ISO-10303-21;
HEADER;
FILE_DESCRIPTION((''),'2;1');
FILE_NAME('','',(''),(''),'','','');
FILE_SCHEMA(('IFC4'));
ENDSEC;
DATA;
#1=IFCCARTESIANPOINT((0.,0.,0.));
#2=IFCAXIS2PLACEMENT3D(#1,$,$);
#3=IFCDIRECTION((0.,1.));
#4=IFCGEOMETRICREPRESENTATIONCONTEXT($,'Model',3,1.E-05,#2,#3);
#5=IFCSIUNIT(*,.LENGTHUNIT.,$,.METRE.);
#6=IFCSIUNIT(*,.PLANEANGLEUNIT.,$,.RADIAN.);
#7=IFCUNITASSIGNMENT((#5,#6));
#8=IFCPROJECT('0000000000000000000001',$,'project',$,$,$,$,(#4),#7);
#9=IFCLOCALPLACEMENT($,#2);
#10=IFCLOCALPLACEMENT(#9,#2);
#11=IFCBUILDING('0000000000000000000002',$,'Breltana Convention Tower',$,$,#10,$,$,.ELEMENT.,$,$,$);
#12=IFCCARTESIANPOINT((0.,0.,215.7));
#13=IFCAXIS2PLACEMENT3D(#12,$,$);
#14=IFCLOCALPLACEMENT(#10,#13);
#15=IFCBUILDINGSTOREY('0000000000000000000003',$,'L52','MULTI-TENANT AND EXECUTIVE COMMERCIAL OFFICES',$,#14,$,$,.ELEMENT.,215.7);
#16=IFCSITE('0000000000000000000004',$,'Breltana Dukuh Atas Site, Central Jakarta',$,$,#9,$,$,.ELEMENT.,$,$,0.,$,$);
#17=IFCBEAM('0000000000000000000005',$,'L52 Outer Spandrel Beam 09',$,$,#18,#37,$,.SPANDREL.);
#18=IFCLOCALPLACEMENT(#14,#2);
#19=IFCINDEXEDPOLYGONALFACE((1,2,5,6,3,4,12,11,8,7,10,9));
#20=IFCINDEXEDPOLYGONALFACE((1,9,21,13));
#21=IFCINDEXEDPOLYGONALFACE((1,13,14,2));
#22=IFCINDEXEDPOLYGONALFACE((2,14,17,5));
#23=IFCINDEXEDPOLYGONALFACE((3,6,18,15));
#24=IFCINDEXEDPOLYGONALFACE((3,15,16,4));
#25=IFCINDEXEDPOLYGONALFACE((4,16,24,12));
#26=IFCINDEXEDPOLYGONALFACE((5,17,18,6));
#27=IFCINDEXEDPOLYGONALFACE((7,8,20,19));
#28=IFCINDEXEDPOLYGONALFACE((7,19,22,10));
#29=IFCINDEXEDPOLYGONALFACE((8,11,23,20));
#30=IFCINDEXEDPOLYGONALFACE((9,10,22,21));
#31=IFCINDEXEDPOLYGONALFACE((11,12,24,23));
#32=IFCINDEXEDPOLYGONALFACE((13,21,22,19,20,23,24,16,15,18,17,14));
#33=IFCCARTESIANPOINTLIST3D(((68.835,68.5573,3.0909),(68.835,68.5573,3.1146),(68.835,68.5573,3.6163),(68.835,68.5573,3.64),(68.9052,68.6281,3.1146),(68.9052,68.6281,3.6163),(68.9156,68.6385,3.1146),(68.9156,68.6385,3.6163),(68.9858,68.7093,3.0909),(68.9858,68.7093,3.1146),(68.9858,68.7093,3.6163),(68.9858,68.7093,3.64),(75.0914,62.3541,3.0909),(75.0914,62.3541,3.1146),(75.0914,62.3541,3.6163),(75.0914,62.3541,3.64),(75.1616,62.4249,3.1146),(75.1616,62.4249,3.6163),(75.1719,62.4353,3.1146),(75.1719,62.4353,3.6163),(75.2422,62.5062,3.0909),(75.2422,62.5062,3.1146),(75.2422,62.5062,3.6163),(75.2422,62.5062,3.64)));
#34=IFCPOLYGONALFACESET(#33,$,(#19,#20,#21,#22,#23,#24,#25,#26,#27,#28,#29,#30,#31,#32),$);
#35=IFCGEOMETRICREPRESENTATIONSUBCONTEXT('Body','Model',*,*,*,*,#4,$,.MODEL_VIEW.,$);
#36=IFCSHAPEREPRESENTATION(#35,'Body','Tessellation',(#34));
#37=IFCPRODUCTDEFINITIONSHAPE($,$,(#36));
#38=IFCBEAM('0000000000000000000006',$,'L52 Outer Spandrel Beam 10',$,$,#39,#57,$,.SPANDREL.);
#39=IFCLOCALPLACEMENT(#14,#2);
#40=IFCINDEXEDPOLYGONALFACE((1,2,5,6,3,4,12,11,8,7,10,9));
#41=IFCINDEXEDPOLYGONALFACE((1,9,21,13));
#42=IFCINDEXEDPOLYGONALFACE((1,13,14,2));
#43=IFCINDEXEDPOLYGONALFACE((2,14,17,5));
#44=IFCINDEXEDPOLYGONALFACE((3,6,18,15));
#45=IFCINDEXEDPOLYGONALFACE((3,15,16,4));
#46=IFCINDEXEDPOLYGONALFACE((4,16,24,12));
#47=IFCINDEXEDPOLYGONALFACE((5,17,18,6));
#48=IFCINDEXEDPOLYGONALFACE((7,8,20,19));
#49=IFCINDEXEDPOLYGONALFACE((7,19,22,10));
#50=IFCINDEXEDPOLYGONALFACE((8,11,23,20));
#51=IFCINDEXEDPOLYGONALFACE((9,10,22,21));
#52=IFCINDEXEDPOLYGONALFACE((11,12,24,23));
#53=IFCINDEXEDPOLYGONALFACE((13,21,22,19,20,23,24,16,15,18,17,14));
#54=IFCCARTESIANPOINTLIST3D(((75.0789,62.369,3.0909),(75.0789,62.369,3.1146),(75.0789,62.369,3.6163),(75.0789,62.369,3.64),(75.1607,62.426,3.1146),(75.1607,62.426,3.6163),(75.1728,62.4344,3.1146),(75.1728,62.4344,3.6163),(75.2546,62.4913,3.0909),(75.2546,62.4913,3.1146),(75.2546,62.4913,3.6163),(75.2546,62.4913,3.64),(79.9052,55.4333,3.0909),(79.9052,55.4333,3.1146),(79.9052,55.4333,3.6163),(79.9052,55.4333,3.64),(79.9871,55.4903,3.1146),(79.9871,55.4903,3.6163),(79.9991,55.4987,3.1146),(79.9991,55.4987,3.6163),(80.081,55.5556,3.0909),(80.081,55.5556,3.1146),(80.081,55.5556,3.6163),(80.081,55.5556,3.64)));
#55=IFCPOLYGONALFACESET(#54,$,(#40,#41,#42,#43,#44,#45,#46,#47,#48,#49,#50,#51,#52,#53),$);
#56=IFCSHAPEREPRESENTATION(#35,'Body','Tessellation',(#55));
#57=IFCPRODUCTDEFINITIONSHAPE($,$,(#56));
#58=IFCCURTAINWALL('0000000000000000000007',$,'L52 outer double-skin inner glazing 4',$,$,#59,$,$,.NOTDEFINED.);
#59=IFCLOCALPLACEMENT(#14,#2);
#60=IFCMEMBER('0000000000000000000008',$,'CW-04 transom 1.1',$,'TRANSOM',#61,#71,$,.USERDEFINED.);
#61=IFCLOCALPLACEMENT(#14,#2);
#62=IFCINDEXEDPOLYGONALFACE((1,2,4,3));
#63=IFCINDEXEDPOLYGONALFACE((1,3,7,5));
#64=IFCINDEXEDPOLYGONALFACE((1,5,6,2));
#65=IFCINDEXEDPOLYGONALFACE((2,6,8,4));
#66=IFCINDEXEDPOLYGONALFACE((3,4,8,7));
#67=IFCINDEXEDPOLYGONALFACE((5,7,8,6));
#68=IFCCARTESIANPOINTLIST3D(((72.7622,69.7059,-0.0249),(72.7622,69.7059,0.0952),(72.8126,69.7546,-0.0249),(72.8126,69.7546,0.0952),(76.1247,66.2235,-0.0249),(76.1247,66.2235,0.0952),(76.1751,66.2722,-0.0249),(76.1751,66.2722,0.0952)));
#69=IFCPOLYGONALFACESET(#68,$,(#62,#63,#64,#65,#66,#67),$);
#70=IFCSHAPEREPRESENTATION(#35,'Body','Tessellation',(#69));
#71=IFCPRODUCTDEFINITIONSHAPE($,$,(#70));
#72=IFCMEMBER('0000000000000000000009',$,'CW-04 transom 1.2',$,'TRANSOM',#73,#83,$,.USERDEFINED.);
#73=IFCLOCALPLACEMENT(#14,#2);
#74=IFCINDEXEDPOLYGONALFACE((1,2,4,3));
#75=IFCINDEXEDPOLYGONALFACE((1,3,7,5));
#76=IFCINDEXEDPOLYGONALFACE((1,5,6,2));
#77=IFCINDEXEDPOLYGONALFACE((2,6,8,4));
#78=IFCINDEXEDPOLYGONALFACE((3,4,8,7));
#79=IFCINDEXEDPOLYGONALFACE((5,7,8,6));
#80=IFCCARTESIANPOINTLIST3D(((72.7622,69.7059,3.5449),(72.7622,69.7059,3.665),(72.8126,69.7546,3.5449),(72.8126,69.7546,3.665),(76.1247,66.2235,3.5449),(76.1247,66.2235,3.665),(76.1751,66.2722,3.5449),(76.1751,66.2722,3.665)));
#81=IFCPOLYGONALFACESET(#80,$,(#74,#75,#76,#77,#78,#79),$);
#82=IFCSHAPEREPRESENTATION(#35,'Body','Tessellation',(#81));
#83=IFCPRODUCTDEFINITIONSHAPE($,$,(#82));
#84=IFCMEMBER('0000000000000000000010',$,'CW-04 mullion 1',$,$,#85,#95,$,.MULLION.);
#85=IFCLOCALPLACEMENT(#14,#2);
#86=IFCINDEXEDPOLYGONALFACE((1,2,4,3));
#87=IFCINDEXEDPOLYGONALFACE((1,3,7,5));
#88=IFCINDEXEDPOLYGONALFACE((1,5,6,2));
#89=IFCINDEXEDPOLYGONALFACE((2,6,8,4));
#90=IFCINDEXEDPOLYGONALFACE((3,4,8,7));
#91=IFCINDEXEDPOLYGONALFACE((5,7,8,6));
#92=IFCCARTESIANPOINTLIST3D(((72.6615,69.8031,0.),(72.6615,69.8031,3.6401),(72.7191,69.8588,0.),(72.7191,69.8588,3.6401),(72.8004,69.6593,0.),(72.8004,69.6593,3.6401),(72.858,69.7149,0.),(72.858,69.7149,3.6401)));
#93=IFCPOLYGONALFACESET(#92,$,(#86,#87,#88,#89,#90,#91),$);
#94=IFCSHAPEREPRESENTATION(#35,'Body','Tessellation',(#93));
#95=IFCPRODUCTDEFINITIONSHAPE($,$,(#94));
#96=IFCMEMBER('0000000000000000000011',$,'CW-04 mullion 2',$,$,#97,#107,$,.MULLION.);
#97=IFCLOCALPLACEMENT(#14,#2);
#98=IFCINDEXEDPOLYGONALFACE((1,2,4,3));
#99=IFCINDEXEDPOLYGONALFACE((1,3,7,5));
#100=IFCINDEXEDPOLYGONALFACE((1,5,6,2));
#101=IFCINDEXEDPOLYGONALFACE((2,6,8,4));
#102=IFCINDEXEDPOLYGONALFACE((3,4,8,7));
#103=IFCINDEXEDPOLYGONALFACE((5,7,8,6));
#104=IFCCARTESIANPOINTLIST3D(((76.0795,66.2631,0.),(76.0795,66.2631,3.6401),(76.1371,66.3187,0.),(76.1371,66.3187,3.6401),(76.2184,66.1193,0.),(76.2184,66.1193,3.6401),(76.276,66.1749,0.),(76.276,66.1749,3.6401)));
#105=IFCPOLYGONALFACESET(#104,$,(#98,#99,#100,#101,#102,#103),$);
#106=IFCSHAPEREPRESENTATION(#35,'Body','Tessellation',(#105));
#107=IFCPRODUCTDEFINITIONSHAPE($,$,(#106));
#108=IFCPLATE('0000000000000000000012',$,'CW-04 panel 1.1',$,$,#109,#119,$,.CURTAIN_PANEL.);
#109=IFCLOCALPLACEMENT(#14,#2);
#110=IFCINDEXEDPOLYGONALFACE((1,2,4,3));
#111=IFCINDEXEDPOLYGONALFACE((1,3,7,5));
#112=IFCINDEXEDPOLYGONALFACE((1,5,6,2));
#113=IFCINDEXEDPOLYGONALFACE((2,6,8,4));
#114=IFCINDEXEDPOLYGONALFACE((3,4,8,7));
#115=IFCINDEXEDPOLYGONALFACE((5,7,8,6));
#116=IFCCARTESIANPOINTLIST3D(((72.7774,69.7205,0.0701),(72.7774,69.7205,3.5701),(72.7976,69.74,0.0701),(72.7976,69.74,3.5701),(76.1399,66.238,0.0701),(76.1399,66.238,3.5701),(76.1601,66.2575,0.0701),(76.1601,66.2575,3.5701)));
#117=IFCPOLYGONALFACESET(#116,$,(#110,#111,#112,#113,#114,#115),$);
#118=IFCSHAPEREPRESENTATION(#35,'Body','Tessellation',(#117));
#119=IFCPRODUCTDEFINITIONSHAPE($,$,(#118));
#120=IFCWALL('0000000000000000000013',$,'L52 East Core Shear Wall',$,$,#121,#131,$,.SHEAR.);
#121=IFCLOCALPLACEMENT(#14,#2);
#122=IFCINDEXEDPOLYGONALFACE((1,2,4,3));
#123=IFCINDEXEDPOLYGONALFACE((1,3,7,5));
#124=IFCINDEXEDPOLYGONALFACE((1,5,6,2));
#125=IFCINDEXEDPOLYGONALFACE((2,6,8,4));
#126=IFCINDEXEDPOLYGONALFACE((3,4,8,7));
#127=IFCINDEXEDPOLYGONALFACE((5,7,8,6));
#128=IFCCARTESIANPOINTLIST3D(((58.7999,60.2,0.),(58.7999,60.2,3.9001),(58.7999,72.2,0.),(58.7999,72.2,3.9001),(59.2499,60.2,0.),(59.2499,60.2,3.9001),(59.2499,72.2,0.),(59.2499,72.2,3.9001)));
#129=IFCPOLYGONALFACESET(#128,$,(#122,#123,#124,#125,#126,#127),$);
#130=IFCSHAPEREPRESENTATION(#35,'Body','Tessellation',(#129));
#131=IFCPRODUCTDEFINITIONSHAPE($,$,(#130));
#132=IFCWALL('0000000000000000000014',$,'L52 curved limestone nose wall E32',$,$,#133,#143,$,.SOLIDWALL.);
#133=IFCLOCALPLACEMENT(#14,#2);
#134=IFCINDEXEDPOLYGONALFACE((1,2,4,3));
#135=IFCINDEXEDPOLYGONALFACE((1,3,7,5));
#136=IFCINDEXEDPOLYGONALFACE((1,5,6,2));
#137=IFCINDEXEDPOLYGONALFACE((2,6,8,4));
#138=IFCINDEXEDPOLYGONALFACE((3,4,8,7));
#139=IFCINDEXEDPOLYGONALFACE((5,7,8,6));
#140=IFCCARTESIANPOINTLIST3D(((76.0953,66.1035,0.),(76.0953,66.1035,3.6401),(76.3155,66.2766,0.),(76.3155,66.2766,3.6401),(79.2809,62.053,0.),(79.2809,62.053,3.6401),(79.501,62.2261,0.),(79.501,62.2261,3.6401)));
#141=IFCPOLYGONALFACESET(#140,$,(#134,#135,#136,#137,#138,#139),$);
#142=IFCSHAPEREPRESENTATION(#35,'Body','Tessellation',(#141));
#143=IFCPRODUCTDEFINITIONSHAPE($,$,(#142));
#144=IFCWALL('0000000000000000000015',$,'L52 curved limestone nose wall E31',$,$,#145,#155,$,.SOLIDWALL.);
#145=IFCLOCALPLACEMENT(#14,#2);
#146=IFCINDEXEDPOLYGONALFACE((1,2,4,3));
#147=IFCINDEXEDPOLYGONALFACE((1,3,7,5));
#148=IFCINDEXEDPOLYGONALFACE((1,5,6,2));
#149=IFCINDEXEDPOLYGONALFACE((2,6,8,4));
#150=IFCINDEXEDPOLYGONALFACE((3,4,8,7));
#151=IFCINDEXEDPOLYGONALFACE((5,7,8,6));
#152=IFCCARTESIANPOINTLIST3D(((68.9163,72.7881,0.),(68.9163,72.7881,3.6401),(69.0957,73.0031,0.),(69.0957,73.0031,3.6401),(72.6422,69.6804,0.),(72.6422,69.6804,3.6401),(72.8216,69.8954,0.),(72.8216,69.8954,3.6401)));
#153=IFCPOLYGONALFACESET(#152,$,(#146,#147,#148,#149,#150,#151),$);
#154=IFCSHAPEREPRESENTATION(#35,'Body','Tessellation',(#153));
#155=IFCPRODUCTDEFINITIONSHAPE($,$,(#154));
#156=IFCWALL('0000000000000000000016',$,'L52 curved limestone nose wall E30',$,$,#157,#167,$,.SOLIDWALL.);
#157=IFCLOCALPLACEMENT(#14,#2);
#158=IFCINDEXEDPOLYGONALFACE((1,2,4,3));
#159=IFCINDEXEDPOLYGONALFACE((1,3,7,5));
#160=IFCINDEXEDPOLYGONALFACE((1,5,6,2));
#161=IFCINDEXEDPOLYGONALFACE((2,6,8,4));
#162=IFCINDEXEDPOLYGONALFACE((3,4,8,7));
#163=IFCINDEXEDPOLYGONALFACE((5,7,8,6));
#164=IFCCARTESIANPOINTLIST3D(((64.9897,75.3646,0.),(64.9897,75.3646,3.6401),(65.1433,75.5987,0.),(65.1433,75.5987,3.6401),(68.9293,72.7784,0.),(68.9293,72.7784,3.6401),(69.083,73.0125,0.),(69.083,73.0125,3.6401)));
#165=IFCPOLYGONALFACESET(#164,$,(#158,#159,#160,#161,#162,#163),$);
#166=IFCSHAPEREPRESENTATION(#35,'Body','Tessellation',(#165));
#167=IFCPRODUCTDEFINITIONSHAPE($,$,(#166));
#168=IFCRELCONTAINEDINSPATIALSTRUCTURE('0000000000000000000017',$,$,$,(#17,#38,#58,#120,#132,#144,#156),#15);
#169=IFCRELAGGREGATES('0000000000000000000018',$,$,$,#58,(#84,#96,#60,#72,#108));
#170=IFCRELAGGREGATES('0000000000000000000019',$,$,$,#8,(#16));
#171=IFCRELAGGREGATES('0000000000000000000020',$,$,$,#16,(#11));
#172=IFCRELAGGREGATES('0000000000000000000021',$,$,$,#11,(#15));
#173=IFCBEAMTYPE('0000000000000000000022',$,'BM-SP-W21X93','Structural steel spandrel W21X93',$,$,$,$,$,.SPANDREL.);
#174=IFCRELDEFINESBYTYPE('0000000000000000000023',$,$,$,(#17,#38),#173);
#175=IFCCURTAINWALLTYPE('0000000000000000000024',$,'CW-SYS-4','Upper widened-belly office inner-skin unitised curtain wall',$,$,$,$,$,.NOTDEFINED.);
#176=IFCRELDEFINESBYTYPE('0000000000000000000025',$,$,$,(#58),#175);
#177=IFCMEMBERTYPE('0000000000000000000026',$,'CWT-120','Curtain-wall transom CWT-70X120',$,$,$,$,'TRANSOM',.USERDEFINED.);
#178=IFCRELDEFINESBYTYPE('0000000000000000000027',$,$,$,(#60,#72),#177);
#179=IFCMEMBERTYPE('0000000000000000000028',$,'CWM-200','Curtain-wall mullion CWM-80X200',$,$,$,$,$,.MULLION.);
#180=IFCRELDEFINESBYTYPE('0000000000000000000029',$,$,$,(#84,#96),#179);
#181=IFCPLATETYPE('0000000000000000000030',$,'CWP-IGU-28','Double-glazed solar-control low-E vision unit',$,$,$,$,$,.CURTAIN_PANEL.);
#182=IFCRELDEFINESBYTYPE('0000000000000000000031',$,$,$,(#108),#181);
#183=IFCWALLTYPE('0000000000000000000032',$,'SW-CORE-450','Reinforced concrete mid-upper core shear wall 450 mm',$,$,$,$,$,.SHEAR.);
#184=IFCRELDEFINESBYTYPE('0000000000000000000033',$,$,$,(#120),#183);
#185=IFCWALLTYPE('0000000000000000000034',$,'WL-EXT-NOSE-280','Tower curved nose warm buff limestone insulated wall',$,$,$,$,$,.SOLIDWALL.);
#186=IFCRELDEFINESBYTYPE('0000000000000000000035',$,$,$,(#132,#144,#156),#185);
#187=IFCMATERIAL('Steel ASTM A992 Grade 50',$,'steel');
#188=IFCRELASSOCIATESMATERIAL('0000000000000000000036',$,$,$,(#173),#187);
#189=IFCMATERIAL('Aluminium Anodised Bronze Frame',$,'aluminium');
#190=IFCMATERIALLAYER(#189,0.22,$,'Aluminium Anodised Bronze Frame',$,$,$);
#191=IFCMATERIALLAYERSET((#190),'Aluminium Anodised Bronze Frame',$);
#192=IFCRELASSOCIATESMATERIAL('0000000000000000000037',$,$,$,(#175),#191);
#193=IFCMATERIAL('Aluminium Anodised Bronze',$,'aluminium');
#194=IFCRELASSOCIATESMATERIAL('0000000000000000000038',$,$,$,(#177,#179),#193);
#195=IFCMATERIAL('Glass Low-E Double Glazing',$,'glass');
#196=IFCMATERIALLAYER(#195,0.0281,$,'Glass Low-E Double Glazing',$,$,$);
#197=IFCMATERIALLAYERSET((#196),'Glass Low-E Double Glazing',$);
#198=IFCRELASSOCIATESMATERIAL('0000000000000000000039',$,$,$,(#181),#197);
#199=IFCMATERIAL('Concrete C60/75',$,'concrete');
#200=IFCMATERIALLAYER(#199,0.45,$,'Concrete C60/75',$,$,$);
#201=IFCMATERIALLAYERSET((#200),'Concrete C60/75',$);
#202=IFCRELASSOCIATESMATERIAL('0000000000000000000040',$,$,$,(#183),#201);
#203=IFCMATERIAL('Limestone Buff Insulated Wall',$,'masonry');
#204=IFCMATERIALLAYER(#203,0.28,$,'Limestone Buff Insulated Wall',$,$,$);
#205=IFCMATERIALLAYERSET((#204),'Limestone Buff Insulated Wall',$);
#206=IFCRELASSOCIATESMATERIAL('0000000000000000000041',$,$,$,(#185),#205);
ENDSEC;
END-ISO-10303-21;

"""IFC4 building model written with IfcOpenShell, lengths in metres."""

from ifc_helpers import new_model, si_unit, direction, frame, frame_2d, origin, origin_2d, place, context, subcontext, project, spatial, rectangle, i_section, extrude, source, transform, mapped, material, layer, layer_set, material_profile, profile_set, type_object, element, aggregate, save


model = new_model("IFC4")

# Units and contexts
model_context = context("Model", 3, precision=1e-05, world=origin(), true_north=direction((0.0, 1.0)))
body_context = subcontext(model_context, "Body", "Model", "MODEL_VIEW")
ifc_project = project(units=[si_unit("LENGTHUNIT", "METRE"), si_unit("PLANEANGLEUNIT", "RADIAN")], contexts=[model_context])

# Site, building, storey
site_placement = place(None, origin())
site = spatial("IfcSite", under=ifc_project, at=site_placement, Name="Breltana Dukuh Atas Site, Central Jakarta", CompositionType="ELEMENT", RefElevation=0.0)
building_placement = place(site_placement, origin())
building = spatial("IfcBuilding", under=site, at=building_placement, Name="Breltana Convention Tower", CompositionType="ELEMENT")
storey_placement = place(building_placement, frame((0.0, 0.0, 215.7)))
storey = spatial("IfcBuildingStorey", under=building, at=storey_placement, Name="L52", Description="MULTI-TENANT AND EXECUTIVE COMMERCIAL OFFICES", CompositionType="ELEMENT", Elevation=215.7)

# Beams
ifc_material_1 = material(Name="Steel ASTM A992 Grade 50", Category="steel")
ifc_material_profile_1 = material_profile(ifc_material_1, i_section(OverallWidth=0.2141, OverallDepth=0.5491, WebThickness=0.0146, FlangeThickness=0.0237, at=origin_2d()), Name="W21X93")
ifc_profile_set_1 = profile_set([ifc_material_profile_1], Name="Steel ASTM A992 Grade 50")
beam_type_1 = type_object("IfcBeamType", Name="BM-SP-W21X93", Description="Structural steel spandrel W21X93", PredefinedType="SPANDREL", material=ifc_profile_set_1)
shared_shape_1 = source(origin(), body_context, "Body", "SweptSolid", [
    extrude(i_section(OverallWidth=0.2141, OverallDepth=0.5491, WebThickness=0.0146, FlangeThickness=0.0237, at=origin_2d()), origin(), (0.0, 0.0, 1.0), 8.8103),
])
beam_1_placement = place(storey_placement, frame((68.9104, 68.6333, 3.3655), z_axis=(0.710121, -0.70408, 0.0), x_axis=(0.70408, 0.710121, 0.0)))
element("IfcBeam", 1, at=beam_1_placement, inside=storey, type_object=beam_type_1, Name="L52 Outer Spandrel Beam 09", PredefinedType="SPANDREL", context=body_context, shape_type="MappedRepresentation", body=[
    mapped(shared_shape_1, transform((0.0, 0.0, 0.0), scale=1.0)),
])
shared_shape_2 = source(origin(), body_context, "Body", "SweptSolid", [
    extrude(i_section(OverallWidth=0.2141, OverallDepth=0.5491, WebThickness=0.0146, FlangeThickness=0.0237, at=origin_2d()), origin(), (0.0, 0.0, 1.0), 8.4497),
])
beam_2_placement = place(storey_placement, frame((75.1667, 62.4302, 3.3655), z_axis=(0.571186, -0.820821, 0.0), x_axis=(0.820821, 0.571186, 0.0)))
element("IfcBeam", 2, at=beam_2_placement, inside=storey, type_object=beam_type_1, Name="L52 Outer Spandrel Beam 10", PredefinedType="SPANDREL", context=body_context, shape_type="MappedRepresentation", body=[
    mapped(shared_shape_2, transform((0.0, 0.0, 0.0), scale=1.0)),
])

# Curtain wall, members, plate
ifc_material_2 = material(Name="Aluminium Anodised Bronze Frame", Category="aluminium")
ifc_layer_1 = layer(ifc_material_2, 0.22, Name="Aluminium Anodised Bronze Frame")
ifc_layer_set_1 = layer_set([ifc_layer_1], Name="Aluminium Anodised Bronze Frame")
curtain_wall_type = type_object("IfcCurtainWallType", Name="CW-SYS-4", Description="Upper widened-belly office inner-skin unitised curtain wall", PredefinedType="NOTDEFINED", material=ifc_layer_set_1)
curtain_wall_placement = place(storey_placement, origin())
curtain_wall = element("IfcCurtainWall", 3, at=curtain_wall_placement, inside=storey, type_object=curtain_wall_type, Name="L52 outer double-skin inner glazing 4", PredefinedType="NOTDEFINED")
ifc_material_3 = material(Name="Aluminium Anodised Bronze", Category="aluminium")
ifc_material_profile_2 = material_profile(ifc_material_3, rectangle(XDim=0.0701, YDim=0.1201, at=origin_2d()), Name="CWT-70X120")
ifc_profile_set_2 = profile_set([ifc_material_profile_2], Name="Aluminium Anodised Bronze")
member_type_1 = type_object("IfcMemberType", Name="CWT-120", Description="Curtain-wall transom CWT-70X120", ElementType="TRANSOM", PredefinedType="USERDEFINED", material=ifc_profile_set_2)
shared_shape_3 = source(origin(), body_context, "Body", "SweptSolid", [
    extrude(rectangle(XDim=0.0701, YDim=0.1201, at=origin_2d()), origin(), (0.0, 0.0, 1.0), 4.8408),
])
member_1_placement = place(storey_placement, frame((72.7874, 69.7302, 0.0352), z_axis=(0.694617, -0.71938, 0.0), x_axis=(0.71938, 0.694617, 0.0)))
member_1 = element("IfcMember", 4, at=member_1_placement, type_object=member_type_1, Name="CW-04 transom 1.1", ObjectType="TRANSOM", PredefinedType="USERDEFINED", context=body_context, shape_type="MappedRepresentation", body=[
    mapped(shared_shape_3, transform((0.0, 0.0, 0.0), scale=1.0)),
])
member_2_placement = place(storey_placement, frame((72.7874, 69.7302, 3.605), z_axis=(0.694617, -0.71938, 0.0), x_axis=(0.71938, 0.694617, 0.0)))
member_2 = element("IfcMember", 5, at=member_2_placement, type_object=member_type_1, Name="CW-04 transom 1.2", ObjectType="TRANSOM", PredefinedType="USERDEFINED", context=body_context, shape_type="MappedRepresentation", body=[
    mapped(shared_shape_3, transform((0.0, 0.0, 0.0), scale=1.0)),
])
ifc_material_profile_3 = material_profile(ifc_material_3, rectangle(XDim=0.0801, YDim=0.2, at=origin_2d()), Name="CWM-80X200")
ifc_profile_set_3 = profile_set([ifc_material_profile_3], Name="Aluminium Anodised Bronze")
member_type_2 = type_object("IfcMemberType", Name="CWM-200", Description="Curtain-wall mullion CWM-80X200", PredefinedType="MULLION", material=ifc_profile_set_3)
shared_shape_4 = source(origin(), body_context, "Body", "SweptSolid", [
    extrude(rectangle(XDim=0.0801, YDim=0.2, at=origin_2d()), origin(), (0.0, 0.0, 1.0), 3.6401),
])
member_3_placement = place(storey_placement, frame((72.7598, 69.759, 0.0), z_axis=(0.0, 0.0, 1.0), x_axis=(0.719396, 0.6946, 0.0)))
member_3 = element("IfcMember", 6, at=member_3_placement, type_object=member_type_2, Name="CW-04 mullion 1", PredefinedType="MULLION", context=body_context, shape_type="MappedRepresentation", body=[
    mapped(shared_shape_4, transform((0.0, 0.0, 0.0), scale=1.0)),
])
member_4_placement = place(storey_placement, frame((76.1777, 66.219, 0.0), z_axis=(0.0, 0.0, 1.0), x_axis=(0.719396, 0.6946, 0.0)))
member_4 = element("IfcMember", 7, at=member_4_placement, type_object=member_type_2, Name="CW-04 mullion 2", PredefinedType="MULLION", context=body_context, shape_type="MappedRepresentation", body=[
    mapped(shared_shape_4, transform((0.0, 0.0, 0.0), scale=1.0)),
])
ifc_material_4 = material(Name="Glass Low-E Double Glazing", Category="glass")
ifc_layer_2 = layer(ifc_material_4, 0.0281, Name="Glass Low-E Double Glazing")
ifc_layer_set_2 = layer_set([ifc_layer_2], Name="Glass Low-E Double Glazing")
plate_type = type_object("IfcPlateType", Name="CWP-IGU-28", Description="Double-glazed solar-control low-E vision unit", PredefinedType="CURTAIN_PANEL", material=ifc_layer_set_2)
shared_shape_5 = source(origin(), body_context, "Body", "SweptSolid", [
    extrude(rectangle(XDim=4.8408, YDim=0.0281, at=origin_2d()), origin(), (0.0, 0.0, 1.0), 3.5),
])
plate_placement = place(storey_placement, frame((74.4688, 67.989, 0.0701), z_axis=(0.0, 0.0, 1.0), x_axis=(0.6946, -0.719396, 0.0)))
plate = element("IfcPlate", 8, at=plate_placement, type_object=plate_type, Name="CW-04 panel 1.1", PredefinedType="CURTAIN_PANEL", context=body_context, shape_type="MappedRepresentation", body=[
    mapped(shared_shape_5, transform((0.0, 0.0, 0.0), scale=1.0)),
])
aggregate(curtain_wall, [member_3, member_4, member_1, member_2, plate])

# Walls
ifc_material_5 = material(Name="Concrete C60/75", Category="concrete")
ifc_layer_3 = layer(ifc_material_5, 0.45, Name="Concrete C60/75")
ifc_layer_set_3 = layer_set([ifc_layer_3], Name="Concrete C60/75")
wall_type_1 = type_object("IfcWallType", Name="SW-CORE-450", Description="Reinforced concrete mid-upper core shear wall 450 mm", PredefinedType="SHEAR", material=ifc_layer_set_3)
shared_shape_6 = source(origin(), body_context, "Body", "SweptSolid", [
    extrude(rectangle(XDim=12.0, YDim=0.45, at=frame_2d((6.0, 0.0))), origin(), (0.0, 0.0, 1.0), 3.9001),
])
wall_1_placement = place(storey_placement, frame((59.0249, 60.2, 0.0), z_axis=(0.0, 0.0, 1.0), x_axis=(0.0, 1.0, 0.0)))
element("IfcWall", 9, at=wall_1_placement, inside=storey, type_object=wall_type_1, Name="L52 East Core Shear Wall", PredefinedType="SHEAR", context=body_context, shape_type="MappedRepresentation", body=[
    mapped(shared_shape_6, transform((0.0, 0.0, 0.0), scale=1.0)),
])
ifc_material_6 = material(Name="Limestone Buff Insulated Wall", Category="masonry")
ifc_layer_4 = layer(ifc_material_6, 0.28, Name="Limestone Buff Insulated Wall")
ifc_layer_set_4 = layer_set([ifc_layer_4], Name="Limestone Buff Insulated Wall")
wall_type_2 = type_object("IfcWallType", Name="WL-EXT-NOSE-280", Description="Tower curved nose warm buff limestone insulated wall", PredefinedType="SOLIDWALL", material=ifc_layer_set_4)
shared_shape_7 = source(origin(), body_context, "Body", "SweptSolid", [
    extrude(rectangle(XDim=5.1531, YDim=0.28, at=frame_2d((2.5767, 0.0))), origin(), (0.0, 0.0, 1.0), 3.6401),
])
wall_2_placement = place(storey_placement, frame((76.2053, 66.1902, 0.0), z_axis=(0.0, 0.0, 1.0), x_axis=(0.618179, -0.786037, 0.0)))
element("IfcWall", 10, at=wall_2_placement, inside=storey, type_object=wall_type_2, Name="L52 curved limestone nose wall E32", PredefinedType="SOLIDWALL", context=body_context, shape_type="MappedRepresentation", body=[
    mapped(shared_shape_7, transform((0.0, 0.0, 0.0), scale=1.0)),
])
shared_shape_8 = source(origin(), body_context, "Body", "SweptSolid", [
    extrude(rectangle(XDim=4.8518, YDim=0.28, at=frame_2d((2.4258, 0.0))), origin(), (0.0, 0.0, 1.0), 3.6401),
])
wall_3_placement = place(storey_placement, frame((69.0061, 72.8955, 0.0), z_axis=(0.0, 0.0, 1.0), x_axis=(0.767937, -0.640526, 0.0)))
element("IfcWall", 11, at=wall_3_placement, inside=storey, type_object=wall_type_2, Name="L52 curved limestone nose wall E31", PredefinedType="SOLIDWALL", context=body_context, shape_type="MappedRepresentation", body=[
    mapped(shared_shape_8, transform((0.0, 0.0, 0.0), scale=1.0)),
])
shared_shape_9 = source(origin(), body_context, "Body", "SweptSolid", [
    extrude(rectangle(XDim=4.7126, YDim=0.28, at=frame_2d((2.3564, 0.0))), origin(), (0.0, 0.0, 1.0), 3.6401),
])
wall_4_placement = place(storey_placement, frame((65.0664, 75.4817, 0.0), z_axis=(0.0, 0.0, 1.0), x_axis=(0.835974, -0.548768, 0.0)))
element("IfcWall", 12, at=wall_4_placement, inside=storey, type_object=wall_type_2, Name="L52 curved limestone nose wall E30", PredefinedType="SOLIDWALL", context=body_context, shape_type="MappedRepresentation", body=[
    mapped(shared_shape_9, transform((0.0, 0.0, 0.0), scale=1.0)),
])

save(model, "model.ifc")
